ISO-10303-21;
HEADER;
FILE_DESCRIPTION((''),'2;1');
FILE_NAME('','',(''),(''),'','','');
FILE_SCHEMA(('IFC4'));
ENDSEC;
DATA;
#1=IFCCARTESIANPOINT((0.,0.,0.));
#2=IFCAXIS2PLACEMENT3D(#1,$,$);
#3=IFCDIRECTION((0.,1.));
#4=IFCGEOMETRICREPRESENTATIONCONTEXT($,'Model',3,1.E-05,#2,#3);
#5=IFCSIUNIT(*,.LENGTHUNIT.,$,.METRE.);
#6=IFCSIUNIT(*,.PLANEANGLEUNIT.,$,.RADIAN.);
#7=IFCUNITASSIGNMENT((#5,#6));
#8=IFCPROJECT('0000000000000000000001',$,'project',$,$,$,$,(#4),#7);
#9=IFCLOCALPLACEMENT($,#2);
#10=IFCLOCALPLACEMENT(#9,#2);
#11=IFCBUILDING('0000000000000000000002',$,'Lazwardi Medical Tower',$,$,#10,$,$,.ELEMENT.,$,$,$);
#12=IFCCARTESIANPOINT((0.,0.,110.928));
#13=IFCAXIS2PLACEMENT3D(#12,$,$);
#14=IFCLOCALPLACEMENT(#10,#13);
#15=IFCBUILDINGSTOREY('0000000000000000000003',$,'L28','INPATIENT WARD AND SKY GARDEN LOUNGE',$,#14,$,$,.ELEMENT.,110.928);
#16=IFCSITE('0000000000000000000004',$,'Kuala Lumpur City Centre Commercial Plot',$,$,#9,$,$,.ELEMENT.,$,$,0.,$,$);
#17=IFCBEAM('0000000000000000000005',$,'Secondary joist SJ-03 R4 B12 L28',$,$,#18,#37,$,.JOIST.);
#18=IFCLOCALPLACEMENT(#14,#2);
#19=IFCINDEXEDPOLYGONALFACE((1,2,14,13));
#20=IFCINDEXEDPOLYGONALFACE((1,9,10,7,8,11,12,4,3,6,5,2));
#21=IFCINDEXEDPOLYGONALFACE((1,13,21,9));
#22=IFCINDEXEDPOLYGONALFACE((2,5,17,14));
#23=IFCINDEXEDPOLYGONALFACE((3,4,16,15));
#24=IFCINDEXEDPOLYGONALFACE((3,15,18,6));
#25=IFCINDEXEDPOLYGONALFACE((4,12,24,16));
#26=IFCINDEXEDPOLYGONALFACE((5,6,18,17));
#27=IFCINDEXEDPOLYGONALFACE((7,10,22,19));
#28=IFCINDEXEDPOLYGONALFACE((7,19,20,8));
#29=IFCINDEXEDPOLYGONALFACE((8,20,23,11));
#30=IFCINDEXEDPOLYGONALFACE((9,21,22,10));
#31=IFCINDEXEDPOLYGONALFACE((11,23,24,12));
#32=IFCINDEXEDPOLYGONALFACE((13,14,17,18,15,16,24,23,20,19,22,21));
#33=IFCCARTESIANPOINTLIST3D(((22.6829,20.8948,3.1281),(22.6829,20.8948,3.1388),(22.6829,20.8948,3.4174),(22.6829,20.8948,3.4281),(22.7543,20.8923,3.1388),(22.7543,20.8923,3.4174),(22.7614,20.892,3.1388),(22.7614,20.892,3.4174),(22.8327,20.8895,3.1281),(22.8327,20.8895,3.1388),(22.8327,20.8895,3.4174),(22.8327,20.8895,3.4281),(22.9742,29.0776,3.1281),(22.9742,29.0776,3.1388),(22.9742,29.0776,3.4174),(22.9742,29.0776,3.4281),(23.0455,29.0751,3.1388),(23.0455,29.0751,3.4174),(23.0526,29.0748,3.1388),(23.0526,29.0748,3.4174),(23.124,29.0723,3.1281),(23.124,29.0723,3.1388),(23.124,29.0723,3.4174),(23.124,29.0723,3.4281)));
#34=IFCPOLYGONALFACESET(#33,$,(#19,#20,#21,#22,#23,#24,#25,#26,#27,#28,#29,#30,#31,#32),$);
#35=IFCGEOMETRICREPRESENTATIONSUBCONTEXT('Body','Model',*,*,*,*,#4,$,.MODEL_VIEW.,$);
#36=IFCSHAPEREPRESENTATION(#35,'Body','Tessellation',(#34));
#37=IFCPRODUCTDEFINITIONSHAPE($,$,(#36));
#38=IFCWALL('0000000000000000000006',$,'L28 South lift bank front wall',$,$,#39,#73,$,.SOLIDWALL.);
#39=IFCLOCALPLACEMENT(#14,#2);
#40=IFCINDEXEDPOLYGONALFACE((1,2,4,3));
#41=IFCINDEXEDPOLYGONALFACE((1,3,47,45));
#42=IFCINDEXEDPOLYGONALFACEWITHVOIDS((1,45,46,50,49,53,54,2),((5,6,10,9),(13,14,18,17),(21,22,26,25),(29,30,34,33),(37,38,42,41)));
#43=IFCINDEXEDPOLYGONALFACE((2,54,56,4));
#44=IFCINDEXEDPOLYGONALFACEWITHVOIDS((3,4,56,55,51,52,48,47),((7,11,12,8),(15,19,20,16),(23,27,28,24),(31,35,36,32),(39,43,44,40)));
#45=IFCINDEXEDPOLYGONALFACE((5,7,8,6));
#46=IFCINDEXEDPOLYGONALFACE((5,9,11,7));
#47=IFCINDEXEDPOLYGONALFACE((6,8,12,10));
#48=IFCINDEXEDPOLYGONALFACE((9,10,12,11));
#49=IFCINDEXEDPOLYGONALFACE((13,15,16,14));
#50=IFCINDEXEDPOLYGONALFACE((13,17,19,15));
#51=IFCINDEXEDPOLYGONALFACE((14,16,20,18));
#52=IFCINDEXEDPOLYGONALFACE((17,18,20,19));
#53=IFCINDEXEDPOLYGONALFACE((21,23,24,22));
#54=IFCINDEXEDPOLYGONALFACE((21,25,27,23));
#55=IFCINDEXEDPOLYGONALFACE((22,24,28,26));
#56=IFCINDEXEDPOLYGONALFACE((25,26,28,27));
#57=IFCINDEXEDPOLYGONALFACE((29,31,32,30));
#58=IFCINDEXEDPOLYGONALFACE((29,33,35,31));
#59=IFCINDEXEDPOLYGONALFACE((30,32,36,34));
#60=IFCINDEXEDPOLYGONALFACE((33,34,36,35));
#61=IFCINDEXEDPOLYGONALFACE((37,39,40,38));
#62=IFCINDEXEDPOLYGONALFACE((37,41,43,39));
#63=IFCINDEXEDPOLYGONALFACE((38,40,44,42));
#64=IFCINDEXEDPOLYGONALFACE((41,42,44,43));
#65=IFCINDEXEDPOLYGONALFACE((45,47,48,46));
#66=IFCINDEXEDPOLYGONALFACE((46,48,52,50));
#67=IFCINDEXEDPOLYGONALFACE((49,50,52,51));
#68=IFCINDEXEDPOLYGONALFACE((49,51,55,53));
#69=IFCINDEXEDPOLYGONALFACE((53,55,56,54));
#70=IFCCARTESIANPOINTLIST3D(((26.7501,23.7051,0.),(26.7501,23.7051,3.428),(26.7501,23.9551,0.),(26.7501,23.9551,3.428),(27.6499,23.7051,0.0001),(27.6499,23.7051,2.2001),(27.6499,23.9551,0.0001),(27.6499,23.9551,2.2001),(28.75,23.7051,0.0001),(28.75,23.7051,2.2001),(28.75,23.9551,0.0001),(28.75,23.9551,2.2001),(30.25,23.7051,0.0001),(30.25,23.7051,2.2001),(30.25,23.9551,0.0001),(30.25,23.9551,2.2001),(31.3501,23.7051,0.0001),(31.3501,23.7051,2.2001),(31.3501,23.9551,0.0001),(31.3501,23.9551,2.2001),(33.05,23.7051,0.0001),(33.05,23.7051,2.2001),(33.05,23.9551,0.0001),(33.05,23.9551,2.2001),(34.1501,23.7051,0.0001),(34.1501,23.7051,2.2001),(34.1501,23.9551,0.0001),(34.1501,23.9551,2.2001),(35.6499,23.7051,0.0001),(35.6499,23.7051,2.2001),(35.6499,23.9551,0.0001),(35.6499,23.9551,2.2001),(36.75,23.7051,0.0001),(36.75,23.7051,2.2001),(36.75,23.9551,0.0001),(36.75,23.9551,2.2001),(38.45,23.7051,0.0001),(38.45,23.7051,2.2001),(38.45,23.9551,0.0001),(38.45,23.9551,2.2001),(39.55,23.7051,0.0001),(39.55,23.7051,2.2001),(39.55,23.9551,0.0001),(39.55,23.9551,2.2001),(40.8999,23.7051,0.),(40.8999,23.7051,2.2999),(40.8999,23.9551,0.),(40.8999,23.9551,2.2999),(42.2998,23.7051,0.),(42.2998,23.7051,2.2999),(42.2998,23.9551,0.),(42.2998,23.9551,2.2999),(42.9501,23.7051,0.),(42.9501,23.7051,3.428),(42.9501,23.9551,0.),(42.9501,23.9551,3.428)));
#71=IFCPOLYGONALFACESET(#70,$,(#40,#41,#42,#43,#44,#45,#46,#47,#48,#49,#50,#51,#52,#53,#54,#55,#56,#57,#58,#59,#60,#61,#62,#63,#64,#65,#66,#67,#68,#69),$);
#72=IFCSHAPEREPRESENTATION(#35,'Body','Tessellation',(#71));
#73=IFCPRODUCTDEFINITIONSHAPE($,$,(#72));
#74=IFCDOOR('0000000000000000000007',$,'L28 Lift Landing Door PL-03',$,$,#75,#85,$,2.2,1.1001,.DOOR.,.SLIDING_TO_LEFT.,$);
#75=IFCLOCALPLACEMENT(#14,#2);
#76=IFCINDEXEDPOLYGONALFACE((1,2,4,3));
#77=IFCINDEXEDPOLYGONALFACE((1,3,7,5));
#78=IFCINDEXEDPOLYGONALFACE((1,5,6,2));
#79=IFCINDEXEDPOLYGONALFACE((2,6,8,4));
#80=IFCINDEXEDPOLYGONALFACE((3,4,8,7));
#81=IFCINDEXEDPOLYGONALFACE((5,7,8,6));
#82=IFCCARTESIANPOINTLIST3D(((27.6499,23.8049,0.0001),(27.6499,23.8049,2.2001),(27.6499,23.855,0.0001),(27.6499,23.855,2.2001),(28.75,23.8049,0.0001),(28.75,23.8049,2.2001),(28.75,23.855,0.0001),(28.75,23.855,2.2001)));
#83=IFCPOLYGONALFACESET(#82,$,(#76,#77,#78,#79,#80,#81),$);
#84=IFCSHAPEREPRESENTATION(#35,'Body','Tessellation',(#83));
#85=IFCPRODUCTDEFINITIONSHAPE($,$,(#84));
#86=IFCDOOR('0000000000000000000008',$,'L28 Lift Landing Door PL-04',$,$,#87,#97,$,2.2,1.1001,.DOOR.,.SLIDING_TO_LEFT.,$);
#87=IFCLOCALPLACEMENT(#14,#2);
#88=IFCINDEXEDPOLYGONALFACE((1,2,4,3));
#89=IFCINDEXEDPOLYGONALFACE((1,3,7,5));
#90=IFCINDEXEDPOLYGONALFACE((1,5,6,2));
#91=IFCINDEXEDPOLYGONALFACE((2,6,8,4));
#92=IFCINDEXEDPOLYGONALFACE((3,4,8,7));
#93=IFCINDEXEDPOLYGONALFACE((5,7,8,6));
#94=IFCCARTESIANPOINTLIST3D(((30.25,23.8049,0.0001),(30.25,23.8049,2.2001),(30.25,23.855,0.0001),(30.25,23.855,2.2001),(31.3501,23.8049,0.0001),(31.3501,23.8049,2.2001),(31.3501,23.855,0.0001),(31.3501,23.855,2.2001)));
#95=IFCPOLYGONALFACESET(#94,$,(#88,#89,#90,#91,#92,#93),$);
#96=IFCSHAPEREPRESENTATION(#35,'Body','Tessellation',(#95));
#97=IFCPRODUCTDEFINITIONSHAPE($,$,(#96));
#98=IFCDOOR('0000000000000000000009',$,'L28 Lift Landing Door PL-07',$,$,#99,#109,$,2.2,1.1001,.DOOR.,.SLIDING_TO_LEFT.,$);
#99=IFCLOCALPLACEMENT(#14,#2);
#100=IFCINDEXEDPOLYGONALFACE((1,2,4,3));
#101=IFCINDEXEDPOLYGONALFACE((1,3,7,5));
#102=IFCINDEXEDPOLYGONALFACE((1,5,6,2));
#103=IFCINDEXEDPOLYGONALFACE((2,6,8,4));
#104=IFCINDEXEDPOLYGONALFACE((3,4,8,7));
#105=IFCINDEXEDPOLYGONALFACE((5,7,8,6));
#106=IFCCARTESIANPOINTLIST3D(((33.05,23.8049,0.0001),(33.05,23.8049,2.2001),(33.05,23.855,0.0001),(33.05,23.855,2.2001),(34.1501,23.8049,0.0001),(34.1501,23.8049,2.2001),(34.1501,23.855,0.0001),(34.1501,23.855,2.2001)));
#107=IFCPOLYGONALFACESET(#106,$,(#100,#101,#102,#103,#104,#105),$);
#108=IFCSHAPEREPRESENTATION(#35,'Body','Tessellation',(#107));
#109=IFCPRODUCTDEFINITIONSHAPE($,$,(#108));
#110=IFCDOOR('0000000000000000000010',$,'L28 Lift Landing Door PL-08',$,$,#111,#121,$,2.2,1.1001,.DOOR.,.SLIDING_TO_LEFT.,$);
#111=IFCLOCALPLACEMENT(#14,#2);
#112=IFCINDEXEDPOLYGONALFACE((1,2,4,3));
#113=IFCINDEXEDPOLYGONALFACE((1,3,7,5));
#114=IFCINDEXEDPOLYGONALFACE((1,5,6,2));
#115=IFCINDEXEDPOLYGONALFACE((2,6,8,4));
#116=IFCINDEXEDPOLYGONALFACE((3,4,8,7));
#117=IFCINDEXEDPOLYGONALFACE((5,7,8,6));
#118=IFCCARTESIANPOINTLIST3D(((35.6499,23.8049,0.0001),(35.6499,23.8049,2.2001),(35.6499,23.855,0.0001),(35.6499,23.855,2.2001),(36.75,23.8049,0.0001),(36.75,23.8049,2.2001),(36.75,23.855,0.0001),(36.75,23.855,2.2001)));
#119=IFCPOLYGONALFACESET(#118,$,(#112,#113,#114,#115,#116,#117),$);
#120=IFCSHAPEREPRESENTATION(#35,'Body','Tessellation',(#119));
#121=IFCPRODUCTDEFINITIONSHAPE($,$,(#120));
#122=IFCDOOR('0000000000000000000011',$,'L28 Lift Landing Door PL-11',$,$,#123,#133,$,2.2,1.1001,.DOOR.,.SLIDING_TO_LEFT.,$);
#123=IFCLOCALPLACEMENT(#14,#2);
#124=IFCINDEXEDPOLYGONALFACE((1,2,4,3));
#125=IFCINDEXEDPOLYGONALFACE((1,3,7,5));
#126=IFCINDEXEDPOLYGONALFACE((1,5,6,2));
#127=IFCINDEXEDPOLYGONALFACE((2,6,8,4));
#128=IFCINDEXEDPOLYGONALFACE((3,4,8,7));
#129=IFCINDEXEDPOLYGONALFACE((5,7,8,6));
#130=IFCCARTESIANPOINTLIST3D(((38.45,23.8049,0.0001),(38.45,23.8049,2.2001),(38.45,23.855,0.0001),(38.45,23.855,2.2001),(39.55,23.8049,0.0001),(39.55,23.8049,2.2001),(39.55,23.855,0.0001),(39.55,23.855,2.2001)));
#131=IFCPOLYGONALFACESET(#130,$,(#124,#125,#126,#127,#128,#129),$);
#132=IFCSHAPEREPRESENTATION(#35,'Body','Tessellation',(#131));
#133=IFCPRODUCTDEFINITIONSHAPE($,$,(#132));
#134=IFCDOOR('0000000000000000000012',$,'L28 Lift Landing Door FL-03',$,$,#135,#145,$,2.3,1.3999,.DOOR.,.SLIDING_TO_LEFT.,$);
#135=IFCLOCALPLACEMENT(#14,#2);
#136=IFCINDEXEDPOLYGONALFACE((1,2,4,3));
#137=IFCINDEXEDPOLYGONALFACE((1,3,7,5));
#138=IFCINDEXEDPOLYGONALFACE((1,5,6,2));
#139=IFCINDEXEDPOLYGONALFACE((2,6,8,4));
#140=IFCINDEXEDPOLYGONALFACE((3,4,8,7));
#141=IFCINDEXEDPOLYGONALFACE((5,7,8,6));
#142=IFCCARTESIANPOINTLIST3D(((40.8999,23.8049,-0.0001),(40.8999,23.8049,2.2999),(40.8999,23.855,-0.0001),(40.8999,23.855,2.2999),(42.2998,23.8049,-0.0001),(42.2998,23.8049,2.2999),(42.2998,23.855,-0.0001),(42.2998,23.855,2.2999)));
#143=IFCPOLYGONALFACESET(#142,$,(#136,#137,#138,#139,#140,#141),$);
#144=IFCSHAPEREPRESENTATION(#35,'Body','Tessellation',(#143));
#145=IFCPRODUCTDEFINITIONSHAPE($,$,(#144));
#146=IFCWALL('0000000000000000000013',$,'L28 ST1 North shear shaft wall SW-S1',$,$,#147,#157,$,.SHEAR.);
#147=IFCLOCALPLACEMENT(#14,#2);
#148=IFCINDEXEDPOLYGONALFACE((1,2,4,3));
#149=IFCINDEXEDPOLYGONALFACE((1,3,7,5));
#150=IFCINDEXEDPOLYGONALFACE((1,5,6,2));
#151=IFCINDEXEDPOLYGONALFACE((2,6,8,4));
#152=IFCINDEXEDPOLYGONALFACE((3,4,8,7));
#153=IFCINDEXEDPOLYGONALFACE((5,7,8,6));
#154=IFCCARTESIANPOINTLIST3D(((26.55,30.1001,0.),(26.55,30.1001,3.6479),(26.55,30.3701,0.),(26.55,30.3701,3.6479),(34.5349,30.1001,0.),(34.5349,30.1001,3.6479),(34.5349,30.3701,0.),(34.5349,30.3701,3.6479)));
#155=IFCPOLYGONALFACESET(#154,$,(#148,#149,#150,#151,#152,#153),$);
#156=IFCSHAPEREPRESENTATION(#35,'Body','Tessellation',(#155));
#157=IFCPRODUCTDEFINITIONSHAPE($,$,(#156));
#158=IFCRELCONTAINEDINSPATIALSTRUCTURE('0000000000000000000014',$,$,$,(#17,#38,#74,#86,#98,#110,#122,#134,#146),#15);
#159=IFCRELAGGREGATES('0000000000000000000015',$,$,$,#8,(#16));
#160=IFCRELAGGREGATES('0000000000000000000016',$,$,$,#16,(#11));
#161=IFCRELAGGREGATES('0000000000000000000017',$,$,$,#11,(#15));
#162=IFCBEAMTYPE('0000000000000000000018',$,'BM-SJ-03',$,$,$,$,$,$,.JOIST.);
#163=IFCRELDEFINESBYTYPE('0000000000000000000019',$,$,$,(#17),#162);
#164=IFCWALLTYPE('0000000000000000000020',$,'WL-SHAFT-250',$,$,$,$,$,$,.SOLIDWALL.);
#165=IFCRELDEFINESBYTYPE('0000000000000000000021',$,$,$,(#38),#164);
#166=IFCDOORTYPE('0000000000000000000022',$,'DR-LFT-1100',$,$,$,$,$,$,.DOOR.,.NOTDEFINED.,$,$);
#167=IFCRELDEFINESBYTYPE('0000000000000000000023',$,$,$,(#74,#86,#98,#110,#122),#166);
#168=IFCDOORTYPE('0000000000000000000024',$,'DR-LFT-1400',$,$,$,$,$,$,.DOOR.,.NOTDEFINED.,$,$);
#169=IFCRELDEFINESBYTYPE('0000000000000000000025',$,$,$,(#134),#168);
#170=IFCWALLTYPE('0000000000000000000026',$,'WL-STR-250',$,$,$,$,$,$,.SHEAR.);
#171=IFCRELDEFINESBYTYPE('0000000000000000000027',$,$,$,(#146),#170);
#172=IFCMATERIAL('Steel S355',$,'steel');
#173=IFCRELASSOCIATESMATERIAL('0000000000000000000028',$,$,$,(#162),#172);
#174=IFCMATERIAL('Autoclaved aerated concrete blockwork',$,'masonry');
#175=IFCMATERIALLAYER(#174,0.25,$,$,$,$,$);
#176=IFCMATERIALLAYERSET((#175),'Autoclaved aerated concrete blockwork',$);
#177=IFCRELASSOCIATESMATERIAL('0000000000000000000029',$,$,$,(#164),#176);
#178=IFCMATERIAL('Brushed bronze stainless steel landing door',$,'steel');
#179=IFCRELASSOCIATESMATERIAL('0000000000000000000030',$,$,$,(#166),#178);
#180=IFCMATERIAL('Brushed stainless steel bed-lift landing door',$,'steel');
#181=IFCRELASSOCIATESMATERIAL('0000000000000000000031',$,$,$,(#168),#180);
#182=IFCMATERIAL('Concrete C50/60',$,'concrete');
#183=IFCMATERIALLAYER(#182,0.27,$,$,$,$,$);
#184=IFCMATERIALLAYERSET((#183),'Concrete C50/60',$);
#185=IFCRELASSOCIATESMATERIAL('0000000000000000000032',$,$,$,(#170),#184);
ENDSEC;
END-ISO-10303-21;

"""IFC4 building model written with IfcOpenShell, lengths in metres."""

from ifc_helpers import new_model, si_unit, direction, frame, frame_2d, origin, origin_2d, place, context, subcontext, project, spatial, rectangle, i_section, extrude, material, layer, layer_set, material_profile, profile_set, type_object, element, fill, save


model = new_model("IFC4")

# Units and contexts
model_context = context("Model", 3, precision=1e-05, world=origin(), true_north=direction((0.0, 1.0)))
body_context = subcontext(model_context, "Body", "Model", "MODEL_VIEW")
ifc_project = project(units=[si_unit("LENGTHUNIT", "METRE"), si_unit("PLANEANGLEUNIT", "RADIAN")], contexts=[model_context])

# Site, building, storey
site_placement = place(None, origin())
site = spatial("IfcSite", under=ifc_project, at=site_placement, Name="Kuala Lumpur City Centre Commercial Plot", CompositionType="ELEMENT", RefElevation=0.0)
building_placement = place(site_placement, origin())
building = spatial("IfcBuilding", under=site, at=building_placement, Name="Lazwardi Medical Tower", CompositionType="ELEMENT")
storey_placement = place(building_placement, frame((0.0, 0.0, 110.928)))
storey = spatial("IfcBuildingStorey", under=building, at=storey_placement, Name="L28", Description="INPATIENT WARD AND SKY GARDEN LOUNGE", CompositionType="ELEMENT", Elevation=110.928)

# Beam
ifc_material_1 = material(Name="Steel S355", Category="steel")
ifc_material_profile = material_profile(ifc_material_1, i_section(OverallWidth=0.1499, OverallDepth=0.3, WebThickness=0.0071, FlangeThickness=0.0107, at=origin_2d()), Name="IPE 300")
ifc_profile_set = profile_set([ifc_material_profile], Name="Steel S355")
beam_type = type_object("IfcBeamType", Name="BM-SJ-03", PredefinedType="JOIST", material=ifc_profile_set)
beam_placement = place(storey_placement, frame((23.0491, 29.075, 3.2781), z_axis=(-0.035571, -0.999367, 0.0), x_axis=(0.999367, -0.035571, 0.0)))
element("IfcBeam", 1, at=beam_placement, inside=storey, type_object=beam_type, Name="Secondary joist SJ-03 R4 B12 L28", PredefinedType="JOIST", context=body_context, shape_type="SweptSolid", body=[
    extrude(i_section(OverallWidth=0.1499, OverallDepth=0.3, WebThickness=0.0071, FlangeThickness=0.0107, at=origin_2d()), origin(), (0.0, 0.0, 1.0), 8.188),
])

# Wall, openings, doors
ifc_material_2 = material(Name="Autoclaved aerated concrete blockwork", Category="masonry")
ifc_layer_1 = layer(ifc_material_2, 0.25)
ifc_layer_set_1 = layer_set([ifc_layer_1], Name="Autoclaved aerated concrete blockwork")
wall_type_1 = type_object("IfcWallType", Name="WL-SHAFT-250", PredefinedType="SOLIDWALL", material=ifc_layer_set_1)
wall_placement = place(storey_placement, frame((26.75, 23.8301, 0.0), z_axis=(0.0, 0.0, 1.0), x_axis=(1.0, 0.0, 0.0)))
wall = element("IfcWall", 2, at=wall_placement, inside=storey, type_object=wall_type_1, Name="L28 South lift bank front wall", PredefinedType="SOLIDWALL", context=body_context, shape_type="SweptSolid", body=[
    extrude(rectangle(XDim=16.2, YDim=0.25, at=frame_2d((8.1001, 0.0))), origin(), (0.0, 0.0, 1.0), 3.428),
])
opening_1_placement = place(wall_placement, frame((0.8999, 0.0, 0.0)))
opening_1 = element("IfcOpeningElement", 3, at=opening_1_placement, cuts=wall, PredefinedType="OPENING", context=body_context, shape_type="SweptSolid", body=[
    extrude(rectangle(XDim=1.1001, YDim=2.2, at=frame_2d((0.55, 1.1001))), frame((0.0, 0.135, 0.0), z_axis=(0.0, -1.0, 0.0), x_axis=(1.0, 0.0, 0.0)), (0.0, 0.0, 1.0), 0.27),
])
opening_2_placement = place(wall_placement, frame((3.5, 0.0, 0.0)))
opening_2 = element("IfcOpeningElement", 4, at=opening_2_placement, cuts=wall, PredefinedType="OPENING", context=body_context, shape_type="SweptSolid", body=[
    extrude(rectangle(XDim=1.1001, YDim=2.2, at=frame_2d((0.55, 1.1001))), frame((0.0, 0.135, 0.0), z_axis=(0.0, -1.0, 0.0), x_axis=(1.0, 0.0, 0.0)), (0.0, 0.0, 1.0), 0.27),
])
opening_3_placement = place(wall_placement, frame((6.3, 0.0, 0.0)))
opening_3 = element("IfcOpeningElement", 5, at=opening_3_placement, cuts=wall, PredefinedType="OPENING", context=body_context, shape_type="SweptSolid", body=[
    extrude(rectangle(XDim=1.1001, YDim=2.2, at=frame_2d((0.55, 1.1001))), frame((0.0, 0.135, 0.0), z_axis=(0.0, -1.0, 0.0), x_axis=(1.0, 0.0, 0.0)), (0.0, 0.0, 1.0), 0.27),
])
opening_4_placement = place(wall_placement, frame((8.8999, 0.0, 0.0)))
opening_4 = element("IfcOpeningElement", 6, at=opening_4_placement, cuts=wall, PredefinedType="OPENING", context=body_context, shape_type="SweptSolid", body=[
    extrude(rectangle(XDim=1.1001, YDim=2.2, at=frame_2d((0.55, 1.1001))), frame((0.0, 0.135, 0.0), z_axis=(0.0, -1.0, 0.0), x_axis=(1.0, 0.0, 0.0)), (0.0, 0.0, 1.0), 0.27),
])
opening_5_placement = place(wall_placement, frame((11.7, 0.0, 0.0)))
opening_5 = element("IfcOpeningElement", 7, at=opening_5_placement, cuts=wall, PredefinedType="OPENING", context=body_context, shape_type="SweptSolid", body=[
    extrude(rectangle(XDim=1.1001, YDim=2.2, at=frame_2d((0.55, 1.1001))), frame((0.0, 0.135, 0.0), z_axis=(0.0, -1.0, 0.0), x_axis=(1.0, 0.0, 0.0)), (0.0, 0.0, 1.0), 0.27),
])
opening_6_placement = place(wall_placement, frame((14.1499, 0.0, 0.0)))
opening_6 = element("IfcOpeningElement", 8, at=opening_6_placement, cuts=wall, PredefinedType="OPENING", context=body_context, shape_type="SweptSolid", body=[
    extrude(rectangle(XDim=1.3999, YDim=2.3, at=frame_2d((0.7, 1.1499))), frame((0.0, 0.135, 0.0), z_axis=(0.0, -1.0, 0.0), x_axis=(1.0, 0.0, 0.0)), (0.0, 0.0, 1.0), 0.27),
])
ifc_material_3 = material(Name="Brushed bronze stainless steel landing door", Category="steel")
door_type_1 = type_object("IfcDoorType", Name="DR-LFT-1100", OperationType="NOTDEFINED", PredefinedType="DOOR", material=ifc_material_3)
door_1_placement = place(opening_1_placement, origin())
door_1 = element("IfcDoor", 9, at=door_1_placement, inside=storey, type_object=door_type_1, Name="L28 Lift Landing Door PL-03", OperationType="SLIDING_TO_LEFT", OverallHeight=2.2, OverallWidth=1.1001, PredefinedType="DOOR", context=body_context, shape_type="SweptSolid", body=[
    extrude(rectangle(XDim=1.1001, YDim=2.2, at=frame_2d((0.55, 1.1001))), frame((0.0, 0.0249, 0.0), z_axis=(0.0, -1.0, 0.0), x_axis=(1.0, 0.0, 0.0)), (0.0, 0.0, 1.0), 0.05),
])
fill(opening_1, door_1)
door_2_placement = place(opening_2_placement, origin())
door_2 = element("IfcDoor", 10, at=door_2_placement, inside=storey, type_object=door_type_1, Name="L28 Lift Landing Door PL-04", OperationType="SLIDING_TO_LEFT", OverallHeight=2.2, OverallWidth=1.1001, PredefinedType="DOOR", context=body_context, shape_type="SweptSolid", body=[
    extrude(rectangle(XDim=1.1001, YDim=2.2, at=frame_2d((0.55, 1.1001))), frame((0.0, 0.0249, 0.0), z_axis=(0.0, -1.0, 0.0), x_axis=(1.0, 0.0, 0.0)), (0.0, 0.0, 1.0), 0.05),
])
fill(opening_2, door_2)
door_3_placement = place(opening_3_placement, origin())
door_3 = element("IfcDoor", 11, at=door_3_placement, inside=storey, type_object=door_type_1, Name="L28 Lift Landing Door PL-07", OperationType="SLIDING_TO_LEFT", OverallHeight=2.2, OverallWidth=1.1001, PredefinedType="DOOR", context=body_context, shape_type="SweptSolid", body=[
    extrude(rectangle(XDim=1.1001, YDim=2.2, at=frame_2d((0.55, 1.1001))), frame((0.0, 0.0249, 0.0), z_axis=(0.0, -1.0, 0.0), x_axis=(1.0, 0.0, 0.0)), (0.0, 0.0, 1.0), 0.05),
])
fill(opening_3, door_3)
door_4_placement = place(opening_4_placement, origin())
door_4 = element("IfcDoor", 12, at=door_4_placement, inside=storey, type_object=door_type_1, Name="L28 Lift Landing Door PL-08", OperationType="SLIDING_TO_LEFT", OverallHeight=2.2, OverallWidth=1.1001, PredefinedType="DOOR", context=body_context, shape_type="SweptSolid", body=[
    extrude(rectangle(XDim=1.1001, YDim=2.2, at=frame_2d((0.55, 1.1001))), frame((0.0, 0.0249, 0.0), z_axis=(0.0, -1.0, 0.0), x_axis=(1.0, 0.0, 0.0)), (0.0, 0.0, 1.0), 0.05),
])
fill(opening_4, door_4)
door_5_placement = place(opening_5_placement, origin())
door_5 = element("IfcDoor", 13, at=door_5_placement, inside=storey, type_object=door_type_1, Name="L28 Lift Landing Door PL-11", OperationType="SLIDING_TO_LEFT", OverallHeight=2.2, OverallWidth=1.1001, PredefinedType="DOOR", context=body_context, shape_type="SweptSolid", body=[
    extrude(rectangle(XDim=1.1001, YDim=2.2, at=frame_2d((0.55, 1.1001))), frame((0.0, 0.0249, 0.0), z_axis=(0.0, -1.0, 0.0), x_axis=(1.0, 0.0, 0.0)), (0.0, 0.0, 1.0), 0.05),
])
fill(opening_5, door_5)
ifc_material_4 = material(Name="Brushed stainless steel bed-lift landing door", Category="steel")
door_type_2 = type_object("IfcDoorType", Name="DR-LFT-1400", OperationType="NOTDEFINED", PredefinedType="DOOR", material=ifc_material_4)
door_6_placement = place(opening_6_placement, origin())
door_6 = element("IfcDoor", 14, at=door_6_placement, inside=storey, type_object=door_type_2, Name="L28 Lift Landing Door FL-03", OperationType="SLIDING_TO_LEFT", OverallHeight=2.3, OverallWidth=1.3999, PredefinedType="DOOR", context=body_context, shape_type="SweptSolid", body=[
    extrude(rectangle(XDim=1.3999, YDim=2.3, at=frame_2d((0.7, 1.1499))), frame((0.0, 0.0249, 0.0), z_axis=(0.0, -1.0, 0.0), x_axis=(1.0, 0.0, 0.0)), (0.0, 0.0, 1.0), 0.05),
])
fill(opening_6, door_6)

# Wall
ifc_material_5 = material(Name="Concrete C50/60", Category="concrete")
ifc_layer_2 = layer(ifc_material_5, 0.27)
ifc_layer_set_2 = layer_set([ifc_layer_2], Name="Concrete C50/60")
wall_type_2 = type_object("IfcWallType", Name="WL-STR-250", PredefinedType="SHEAR", material=ifc_layer_set_2)
for number, where, z_axis, x_axis, name in (
    (15, (26.55, 30.2351, 0.0), (0.0, 0.0, 1.0), (1.0, 0.0, 0.0), "L28 ST1 North shear shaft wall SW-S1"),
):
    element("IfcWall", number, at=place(storey_placement, frame(where, z_axis=z_axis, x_axis=x_axis)), inside=storey, type_object=wall_type_2, Name=name, PredefinedType="SHEAR", context=body_context, shape_type="SweptSolid", body=[
        extrude(rectangle(XDim=7.9849, YDim=0.27, at=frame_2d((3.9924, 0.0))), origin(), (0.0, 0.0, 1.0), 3.6479),
    ])

save(model, "model.ifc")
